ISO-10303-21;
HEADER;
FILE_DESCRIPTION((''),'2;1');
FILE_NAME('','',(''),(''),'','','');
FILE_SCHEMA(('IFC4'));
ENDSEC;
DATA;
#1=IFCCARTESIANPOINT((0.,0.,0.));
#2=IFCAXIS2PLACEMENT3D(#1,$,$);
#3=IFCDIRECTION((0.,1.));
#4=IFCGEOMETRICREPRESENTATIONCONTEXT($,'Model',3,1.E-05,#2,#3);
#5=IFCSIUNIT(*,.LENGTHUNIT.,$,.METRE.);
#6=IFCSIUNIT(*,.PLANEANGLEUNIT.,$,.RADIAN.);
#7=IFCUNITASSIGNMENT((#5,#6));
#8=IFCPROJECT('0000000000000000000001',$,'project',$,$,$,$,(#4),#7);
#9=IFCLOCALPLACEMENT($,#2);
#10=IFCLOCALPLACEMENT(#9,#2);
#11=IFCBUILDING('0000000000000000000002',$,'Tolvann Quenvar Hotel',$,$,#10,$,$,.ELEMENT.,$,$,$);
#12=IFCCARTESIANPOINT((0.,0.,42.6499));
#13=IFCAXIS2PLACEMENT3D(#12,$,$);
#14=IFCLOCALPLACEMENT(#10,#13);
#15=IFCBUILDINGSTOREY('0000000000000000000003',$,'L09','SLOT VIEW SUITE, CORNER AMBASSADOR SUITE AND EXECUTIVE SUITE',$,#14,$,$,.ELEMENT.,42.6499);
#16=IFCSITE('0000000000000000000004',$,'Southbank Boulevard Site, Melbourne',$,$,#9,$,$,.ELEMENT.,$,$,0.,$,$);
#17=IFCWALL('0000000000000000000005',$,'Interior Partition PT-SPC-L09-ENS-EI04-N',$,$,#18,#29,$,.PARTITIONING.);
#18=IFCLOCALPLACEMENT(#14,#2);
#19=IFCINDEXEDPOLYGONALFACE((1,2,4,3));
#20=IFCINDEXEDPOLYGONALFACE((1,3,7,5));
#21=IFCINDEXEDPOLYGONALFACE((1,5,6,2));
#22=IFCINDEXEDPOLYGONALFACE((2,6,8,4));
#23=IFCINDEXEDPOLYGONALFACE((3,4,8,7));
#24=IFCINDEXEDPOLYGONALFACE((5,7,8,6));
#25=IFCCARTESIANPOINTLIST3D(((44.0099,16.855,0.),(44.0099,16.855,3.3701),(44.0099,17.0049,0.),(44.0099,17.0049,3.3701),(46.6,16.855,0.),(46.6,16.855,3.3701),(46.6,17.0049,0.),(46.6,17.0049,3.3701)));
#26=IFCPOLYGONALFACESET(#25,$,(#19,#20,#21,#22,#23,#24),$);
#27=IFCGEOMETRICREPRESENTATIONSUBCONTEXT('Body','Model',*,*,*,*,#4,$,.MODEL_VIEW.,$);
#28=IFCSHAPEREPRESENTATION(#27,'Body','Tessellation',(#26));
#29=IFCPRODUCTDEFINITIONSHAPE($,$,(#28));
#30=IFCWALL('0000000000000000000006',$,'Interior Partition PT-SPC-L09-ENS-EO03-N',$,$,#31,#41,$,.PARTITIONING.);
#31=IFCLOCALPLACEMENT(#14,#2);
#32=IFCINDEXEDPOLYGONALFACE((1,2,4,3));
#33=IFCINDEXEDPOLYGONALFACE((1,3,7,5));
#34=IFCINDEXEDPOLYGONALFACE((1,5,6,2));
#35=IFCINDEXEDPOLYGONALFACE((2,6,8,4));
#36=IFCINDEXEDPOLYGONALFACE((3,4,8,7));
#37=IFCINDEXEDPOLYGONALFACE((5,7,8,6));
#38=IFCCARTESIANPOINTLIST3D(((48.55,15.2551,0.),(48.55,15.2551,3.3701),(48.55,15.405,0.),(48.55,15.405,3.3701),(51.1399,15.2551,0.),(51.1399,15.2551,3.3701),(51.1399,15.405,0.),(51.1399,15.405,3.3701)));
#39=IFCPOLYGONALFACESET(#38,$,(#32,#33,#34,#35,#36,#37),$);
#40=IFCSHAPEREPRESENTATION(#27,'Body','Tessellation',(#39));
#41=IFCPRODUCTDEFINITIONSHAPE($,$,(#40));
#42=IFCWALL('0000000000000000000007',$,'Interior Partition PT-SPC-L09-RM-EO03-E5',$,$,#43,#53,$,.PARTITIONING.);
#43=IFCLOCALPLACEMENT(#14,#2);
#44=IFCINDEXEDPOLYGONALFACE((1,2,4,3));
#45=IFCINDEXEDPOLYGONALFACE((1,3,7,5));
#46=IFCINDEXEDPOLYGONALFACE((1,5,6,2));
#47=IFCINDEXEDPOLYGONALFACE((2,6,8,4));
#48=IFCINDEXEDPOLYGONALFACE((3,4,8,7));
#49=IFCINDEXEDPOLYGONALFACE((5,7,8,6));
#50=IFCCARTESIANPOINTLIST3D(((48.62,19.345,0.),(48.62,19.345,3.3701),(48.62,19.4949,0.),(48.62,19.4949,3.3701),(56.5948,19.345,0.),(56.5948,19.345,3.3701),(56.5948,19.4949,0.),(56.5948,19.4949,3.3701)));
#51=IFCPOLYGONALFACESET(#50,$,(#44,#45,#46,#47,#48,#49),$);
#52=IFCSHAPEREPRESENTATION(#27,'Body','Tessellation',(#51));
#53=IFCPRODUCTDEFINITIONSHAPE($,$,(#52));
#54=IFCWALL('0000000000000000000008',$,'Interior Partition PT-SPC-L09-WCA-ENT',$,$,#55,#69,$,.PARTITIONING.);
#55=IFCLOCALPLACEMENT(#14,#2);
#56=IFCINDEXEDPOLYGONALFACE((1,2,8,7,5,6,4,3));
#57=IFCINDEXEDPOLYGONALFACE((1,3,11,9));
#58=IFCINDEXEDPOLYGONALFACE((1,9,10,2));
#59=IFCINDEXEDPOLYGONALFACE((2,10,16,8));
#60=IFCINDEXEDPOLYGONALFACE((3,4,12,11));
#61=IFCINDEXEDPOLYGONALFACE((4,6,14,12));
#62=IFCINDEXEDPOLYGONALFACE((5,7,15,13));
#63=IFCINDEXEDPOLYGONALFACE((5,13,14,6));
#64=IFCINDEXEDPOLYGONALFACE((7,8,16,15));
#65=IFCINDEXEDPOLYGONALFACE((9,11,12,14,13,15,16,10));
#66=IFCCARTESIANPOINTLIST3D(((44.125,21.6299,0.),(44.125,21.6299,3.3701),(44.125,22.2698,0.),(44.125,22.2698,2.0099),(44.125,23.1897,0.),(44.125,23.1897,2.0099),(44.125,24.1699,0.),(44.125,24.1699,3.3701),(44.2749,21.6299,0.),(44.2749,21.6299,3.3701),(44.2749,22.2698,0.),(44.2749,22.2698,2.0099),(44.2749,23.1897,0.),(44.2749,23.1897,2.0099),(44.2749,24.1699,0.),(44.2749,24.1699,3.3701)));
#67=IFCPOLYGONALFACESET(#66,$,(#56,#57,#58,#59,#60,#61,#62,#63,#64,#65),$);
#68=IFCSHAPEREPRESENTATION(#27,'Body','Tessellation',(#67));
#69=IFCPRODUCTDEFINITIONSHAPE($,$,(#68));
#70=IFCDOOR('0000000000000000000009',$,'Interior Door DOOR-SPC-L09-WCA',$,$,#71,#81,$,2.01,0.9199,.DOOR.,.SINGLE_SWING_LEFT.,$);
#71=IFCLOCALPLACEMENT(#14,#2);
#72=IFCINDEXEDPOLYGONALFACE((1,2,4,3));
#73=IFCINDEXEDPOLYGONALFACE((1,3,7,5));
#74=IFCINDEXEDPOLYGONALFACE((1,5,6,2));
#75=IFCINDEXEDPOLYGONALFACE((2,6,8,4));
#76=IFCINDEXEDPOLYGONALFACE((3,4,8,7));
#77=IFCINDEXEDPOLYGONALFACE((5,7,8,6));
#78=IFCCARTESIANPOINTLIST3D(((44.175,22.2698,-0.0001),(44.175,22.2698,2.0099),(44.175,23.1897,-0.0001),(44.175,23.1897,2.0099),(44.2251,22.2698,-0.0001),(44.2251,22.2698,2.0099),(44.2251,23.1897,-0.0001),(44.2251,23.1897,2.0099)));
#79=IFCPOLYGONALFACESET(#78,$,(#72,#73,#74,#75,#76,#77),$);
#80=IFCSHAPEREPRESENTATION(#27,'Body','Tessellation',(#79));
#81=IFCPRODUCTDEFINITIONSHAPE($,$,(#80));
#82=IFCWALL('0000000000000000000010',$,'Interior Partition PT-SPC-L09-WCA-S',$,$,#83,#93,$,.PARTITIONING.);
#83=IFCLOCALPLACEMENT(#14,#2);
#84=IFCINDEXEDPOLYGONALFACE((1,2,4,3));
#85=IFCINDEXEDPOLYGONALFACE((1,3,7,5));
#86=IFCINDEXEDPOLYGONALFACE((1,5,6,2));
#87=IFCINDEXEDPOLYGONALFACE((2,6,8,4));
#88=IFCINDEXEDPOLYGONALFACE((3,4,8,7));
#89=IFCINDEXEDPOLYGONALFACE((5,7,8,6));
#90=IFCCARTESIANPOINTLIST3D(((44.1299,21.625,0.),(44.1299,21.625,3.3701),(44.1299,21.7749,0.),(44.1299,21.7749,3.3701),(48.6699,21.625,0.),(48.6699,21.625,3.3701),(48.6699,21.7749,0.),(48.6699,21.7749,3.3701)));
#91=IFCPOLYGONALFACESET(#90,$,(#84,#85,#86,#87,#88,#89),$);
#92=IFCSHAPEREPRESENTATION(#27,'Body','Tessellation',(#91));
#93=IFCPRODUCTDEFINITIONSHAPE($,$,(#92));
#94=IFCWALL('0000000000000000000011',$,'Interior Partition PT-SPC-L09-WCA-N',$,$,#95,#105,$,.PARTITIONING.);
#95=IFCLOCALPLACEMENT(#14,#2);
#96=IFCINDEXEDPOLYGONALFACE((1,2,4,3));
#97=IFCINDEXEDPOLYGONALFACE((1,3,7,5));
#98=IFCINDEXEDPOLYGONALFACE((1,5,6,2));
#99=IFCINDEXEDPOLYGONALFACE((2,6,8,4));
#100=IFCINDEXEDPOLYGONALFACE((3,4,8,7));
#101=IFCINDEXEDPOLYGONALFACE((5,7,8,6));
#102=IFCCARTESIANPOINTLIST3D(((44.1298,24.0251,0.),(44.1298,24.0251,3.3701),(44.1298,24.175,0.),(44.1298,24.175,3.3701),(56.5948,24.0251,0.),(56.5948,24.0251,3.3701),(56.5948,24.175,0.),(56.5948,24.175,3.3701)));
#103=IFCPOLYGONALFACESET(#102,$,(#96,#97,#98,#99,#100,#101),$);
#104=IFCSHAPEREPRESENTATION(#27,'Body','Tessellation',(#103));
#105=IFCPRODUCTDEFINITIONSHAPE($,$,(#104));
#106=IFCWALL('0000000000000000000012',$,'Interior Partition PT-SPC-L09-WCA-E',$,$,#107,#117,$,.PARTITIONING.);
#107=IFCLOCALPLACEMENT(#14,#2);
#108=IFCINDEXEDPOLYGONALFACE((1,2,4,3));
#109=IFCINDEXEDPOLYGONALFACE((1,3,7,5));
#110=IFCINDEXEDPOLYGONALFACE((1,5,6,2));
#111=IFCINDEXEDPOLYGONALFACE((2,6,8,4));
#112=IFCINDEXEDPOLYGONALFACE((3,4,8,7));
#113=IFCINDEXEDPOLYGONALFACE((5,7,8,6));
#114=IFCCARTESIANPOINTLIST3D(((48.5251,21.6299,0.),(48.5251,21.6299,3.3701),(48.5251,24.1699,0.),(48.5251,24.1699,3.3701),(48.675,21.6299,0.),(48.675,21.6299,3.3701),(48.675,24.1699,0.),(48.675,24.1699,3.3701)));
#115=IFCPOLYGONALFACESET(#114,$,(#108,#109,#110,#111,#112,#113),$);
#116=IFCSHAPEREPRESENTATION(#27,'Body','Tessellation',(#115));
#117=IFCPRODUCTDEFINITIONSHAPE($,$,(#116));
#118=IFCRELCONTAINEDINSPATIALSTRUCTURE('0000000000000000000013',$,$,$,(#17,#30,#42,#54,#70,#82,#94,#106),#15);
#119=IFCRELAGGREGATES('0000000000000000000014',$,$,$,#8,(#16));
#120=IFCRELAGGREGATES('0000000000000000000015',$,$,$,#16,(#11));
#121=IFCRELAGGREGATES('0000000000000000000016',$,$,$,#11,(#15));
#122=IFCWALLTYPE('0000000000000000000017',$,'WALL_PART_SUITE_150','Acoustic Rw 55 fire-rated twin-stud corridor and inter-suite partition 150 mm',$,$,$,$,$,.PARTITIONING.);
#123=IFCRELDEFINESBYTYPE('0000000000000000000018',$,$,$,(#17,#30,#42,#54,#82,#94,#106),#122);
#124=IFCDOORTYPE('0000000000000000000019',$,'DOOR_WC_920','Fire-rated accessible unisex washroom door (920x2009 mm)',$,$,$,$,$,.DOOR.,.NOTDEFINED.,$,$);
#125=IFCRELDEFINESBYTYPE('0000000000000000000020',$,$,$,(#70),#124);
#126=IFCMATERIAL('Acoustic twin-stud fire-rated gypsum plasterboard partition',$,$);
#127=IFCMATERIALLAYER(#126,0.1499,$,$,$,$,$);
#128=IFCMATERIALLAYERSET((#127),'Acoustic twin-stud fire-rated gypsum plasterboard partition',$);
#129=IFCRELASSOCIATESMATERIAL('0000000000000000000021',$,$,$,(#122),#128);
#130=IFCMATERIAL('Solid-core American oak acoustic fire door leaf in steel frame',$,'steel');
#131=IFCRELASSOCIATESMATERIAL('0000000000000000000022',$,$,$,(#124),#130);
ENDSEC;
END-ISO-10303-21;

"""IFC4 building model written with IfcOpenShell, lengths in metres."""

from ifc_helpers import new_model, si_unit, direction, frame, frame_2d, origin, place, context, subcontext, project, spatial, rectangle, extrude, source, transform, mapped, material, layer, layer_set, type_object, type_shapes, element, fill, save


model = new_model("IFC4")

# Units and contexts
model_context = context("Model", 3, precision=1e-05, world=origin(), true_north=direction((0.0, 1.0)))
body_context = subcontext(model_context, "Body", "Model", "MODEL_VIEW")
ifc_project = project(units=[si_unit("LENGTHUNIT", "METRE"), si_unit("PLANEANGLEUNIT", "RADIAN")], contexts=[model_context])

# Site, building, storey
site_placement = place(None, origin())
site = spatial("IfcSite", under=ifc_project, at=site_placement, Name="Southbank Boulevard Site, Melbourne", CompositionType="ELEMENT", RefElevation=0.0)
building_placement = place(site_placement, origin())
building = spatial("IfcBuilding", under=site, at=building_placement, Name="Tolvann Quenvar Hotel", CompositionType="ELEMENT")
storey_placement = place(building_placement, frame((0.0, 0.0, 42.6499)))
storey = spatial("IfcBuildingStorey", under=building, at=storey_placement, Name="L09", Description="SLOT VIEW SUITE, CORNER AMBASSADOR SUITE AND EXECUTIVE SUITE", CompositionType="ELEMENT", Elevation=42.6499)

# Walls
ifc_material_1 = material(Name="Acoustic twin-stud fire-rated gypsum plasterboard partition")
ifc_layer = layer(ifc_material_1, 0.1499)
ifc_layer_set = layer_set([ifc_layer], Name="Acoustic twin-stud fire-rated gypsum plasterboard partition")
wall_type = type_object("IfcWallType", Name="WALL_PART_SUITE_150", Description="Acoustic Rw 55 fire-rated twin-stud corridor and inter-suite partition 150 mm", PredefinedType="PARTITIONING", material=ifc_layer_set)
wall_1_placement = place(storey_placement, frame((44.01, 16.9299, 0.0), z_axis=(0.0, 0.0, 1.0), x_axis=(1.0, 0.0, 0.0)))
element("IfcWall", 1, at=wall_1_placement, inside=storey, type_object=wall_type, Name="Interior Partition PT-SPC-L09-ENS-EI04-N", PredefinedType="PARTITIONING", context=body_context, shape_type="SweptSolid", body=[
    extrude(rectangle(XDim=2.5901, YDim=0.1499, at=frame_2d((1.2949, 0.0))), origin(), (0.0, 0.0, 1.0), 3.3701),
])
wall_2_placement = place(storey_placement, frame((48.55, 15.3301, 0.0), z_axis=(0.0, 0.0, 1.0), x_axis=(1.0, 0.0, 0.0)))
element("IfcWall", 2, at=wall_2_placement, inside=storey, type_object=wall_type, Name="Interior Partition PT-SPC-L09-ENS-EO03-N", PredefinedType="PARTITIONING", context=body_context, shape_type="SweptSolid", body=[
    extrude(rectangle(XDim=2.5898, YDim=0.1499, at=frame_2d((1.2949, 0.0))), origin(), (0.0, 0.0, 1.0), 3.3701),
])

# Shared definitions
ifc_material_2 = material(Name="Solid-core American oak acoustic fire door leaf in steel frame", Category="steel")

# Wall
wall_3_placement = place(storey_placement, frame((48.6201, 19.4199, 0.0), z_axis=(0.0, 0.0, 1.0), x_axis=(1.0, 0.0, 0.0)))
element("IfcWall", 3, at=wall_3_placement, inside=storey, type_object=wall_type, Name="Interior Partition PT-SPC-L09-RM-EO03-E5", PredefinedType="PARTITIONING", context=body_context, shape_type="SweptSolid", body=[
    extrude(rectangle(XDim=7.9749, YDim=0.1499, at=frame_2d((3.9873, 0.0))), origin(), (0.0, 0.0, 1.0), 3.3701),
])

# Wall, opening, door
wall_4_placement = place(storey_placement, frame((44.2, 21.6299, 0.0), z_axis=(0.0, 0.0, 1.0), x_axis=(0.0, 1.0, 0.0)))
wall_4 = element("IfcWall", 4, at=wall_4_placement, inside=storey, type_object=wall_type, Name="Interior Partition PT-SPC-L09-WCA-ENT", PredefinedType="PARTITIONING", context=body_context, shape_type="SweptSolid", body=[
    extrude(rectangle(XDim=2.54, YDim=0.1499, at=frame_2d((1.27, 0.0))), origin(), (0.0, 0.0, 1.0), 3.3701),
])
opening_1_placement = place(wall_4_placement, frame((0.6399, 0.0, 0.0)))
opening_1 = element("IfcOpeningElement", 5, at=opening_1_placement, cuts=wall_4, PredefinedType="OPENING", context=body_context, shape_type="SweptSolid", body=[
    extrude(rectangle(XDim=0.9199, YDim=2.01, at=frame_2d((0.46, 1.0049))), frame((0.0, 0.085, 0.0), z_axis=(0.0, -1.0, 0.0), x_axis=(1.0, 0.0, 0.0)), (0.0, 0.0, 1.0), 0.1699),
])
door_type_1 = type_object("IfcDoorType", Name="DOOR_WC_920", Description="Fire-rated accessible unisex washroom door (920x2009 mm)", OperationType="NOTDEFINED", PredefinedType="DOOR", material=ifc_material_2)
shared_shape_1 = source(origin(), body_context, "Body", "SweptSolid", [
    extrude(rectangle(XDim=0.9199, YDim=2.01, at=frame_2d((0.46, 1.0049))), frame((0.0, 0.0249, 0.0), z_axis=(0.0, -1.0, 0.0), x_axis=(1.0, 0.0, 0.0)), (0.0, 0.0, 1.0), 0.05),
])
type_shapes(door_type_1, [shared_shape_1])
door_1_placement = place(opening_1_placement, origin())
door_1 = element("IfcDoor", 6, at=door_1_placement, inside=storey, type_object=door_type_1, Name="Interior Door DOOR-SPC-L09-WCA", OperationType="SINGLE_SWING_LEFT", OverallHeight=2.01, OverallWidth=0.9199, PredefinedType="DOOR", context=body_context, shape_type="MappedRepresentation", body=[
    mapped(shared_shape_1, transform((0.0, 0.0, 0.0), x_axis=(1.0, 0.0, 0.0), y_axis=(0.0, 1.0, 0.0), z_axis=(0.0, 0.0, 1.0), scale=1.0)),
])
fill(opening_1, door_1)

# Walls
wall_5_placement = place(storey_placement, frame((44.1299, 21.7, 0.0), z_axis=(0.0, 0.0, 1.0), x_axis=(1.0, 0.0, 0.0)))
element("IfcWall", 7, at=wall_5_placement, inside=storey, type_object=wall_type, Name="Interior Partition PT-SPC-L09-WCA-S", PredefinedType="PARTITIONING", context=body_context, shape_type="SweptSolid", body=[
    extrude(rectangle(XDim=4.54, YDim=0.1499, at=frame_2d((2.27, 0.0))), origin(), (0.0, 0.0, 1.0), 3.3701),
])
wall_6_placement = place(storey_placement, frame((44.1299, 24.1001, 0.0), z_axis=(0.0, 0.0, 1.0), x_axis=(1.0, 0.0, 0.0)))
element("IfcWall", 8, at=wall_6_placement, inside=storey, type_object=wall_type, Name="Interior Partition PT-SPC-L09-WCA-N", PredefinedType="PARTITIONING", context=body_context, shape_type="SweptSolid", body=[
    extrude(rectangle(XDim=12.4651, YDim=0.1499, at=frame_2d((6.2324, 0.0))), origin(), (0.0, 0.0, 1.0), 3.3701),
])
wall_7_placement = place(storey_placement, frame((48.6001, 21.6299, 0.0), z_axis=(0.0, 0.0, 1.0), x_axis=(0.0, 1.0, 0.0)))
element("IfcWall", 9, at=wall_7_placement, inside=storey, type_object=wall_type, Name="Interior Partition PT-SPC-L09-WCA-E", PredefinedType="PARTITIONING", context=body_context, shape_type="SweptSolid", body=[
    extrude(rectangle(XDim=2.54, YDim=0.1499, at=frame_2d((1.27, 0.0))), origin(), (0.0, 0.0, 1.0), 3.3701),
])

save(model, "model.ifc")
